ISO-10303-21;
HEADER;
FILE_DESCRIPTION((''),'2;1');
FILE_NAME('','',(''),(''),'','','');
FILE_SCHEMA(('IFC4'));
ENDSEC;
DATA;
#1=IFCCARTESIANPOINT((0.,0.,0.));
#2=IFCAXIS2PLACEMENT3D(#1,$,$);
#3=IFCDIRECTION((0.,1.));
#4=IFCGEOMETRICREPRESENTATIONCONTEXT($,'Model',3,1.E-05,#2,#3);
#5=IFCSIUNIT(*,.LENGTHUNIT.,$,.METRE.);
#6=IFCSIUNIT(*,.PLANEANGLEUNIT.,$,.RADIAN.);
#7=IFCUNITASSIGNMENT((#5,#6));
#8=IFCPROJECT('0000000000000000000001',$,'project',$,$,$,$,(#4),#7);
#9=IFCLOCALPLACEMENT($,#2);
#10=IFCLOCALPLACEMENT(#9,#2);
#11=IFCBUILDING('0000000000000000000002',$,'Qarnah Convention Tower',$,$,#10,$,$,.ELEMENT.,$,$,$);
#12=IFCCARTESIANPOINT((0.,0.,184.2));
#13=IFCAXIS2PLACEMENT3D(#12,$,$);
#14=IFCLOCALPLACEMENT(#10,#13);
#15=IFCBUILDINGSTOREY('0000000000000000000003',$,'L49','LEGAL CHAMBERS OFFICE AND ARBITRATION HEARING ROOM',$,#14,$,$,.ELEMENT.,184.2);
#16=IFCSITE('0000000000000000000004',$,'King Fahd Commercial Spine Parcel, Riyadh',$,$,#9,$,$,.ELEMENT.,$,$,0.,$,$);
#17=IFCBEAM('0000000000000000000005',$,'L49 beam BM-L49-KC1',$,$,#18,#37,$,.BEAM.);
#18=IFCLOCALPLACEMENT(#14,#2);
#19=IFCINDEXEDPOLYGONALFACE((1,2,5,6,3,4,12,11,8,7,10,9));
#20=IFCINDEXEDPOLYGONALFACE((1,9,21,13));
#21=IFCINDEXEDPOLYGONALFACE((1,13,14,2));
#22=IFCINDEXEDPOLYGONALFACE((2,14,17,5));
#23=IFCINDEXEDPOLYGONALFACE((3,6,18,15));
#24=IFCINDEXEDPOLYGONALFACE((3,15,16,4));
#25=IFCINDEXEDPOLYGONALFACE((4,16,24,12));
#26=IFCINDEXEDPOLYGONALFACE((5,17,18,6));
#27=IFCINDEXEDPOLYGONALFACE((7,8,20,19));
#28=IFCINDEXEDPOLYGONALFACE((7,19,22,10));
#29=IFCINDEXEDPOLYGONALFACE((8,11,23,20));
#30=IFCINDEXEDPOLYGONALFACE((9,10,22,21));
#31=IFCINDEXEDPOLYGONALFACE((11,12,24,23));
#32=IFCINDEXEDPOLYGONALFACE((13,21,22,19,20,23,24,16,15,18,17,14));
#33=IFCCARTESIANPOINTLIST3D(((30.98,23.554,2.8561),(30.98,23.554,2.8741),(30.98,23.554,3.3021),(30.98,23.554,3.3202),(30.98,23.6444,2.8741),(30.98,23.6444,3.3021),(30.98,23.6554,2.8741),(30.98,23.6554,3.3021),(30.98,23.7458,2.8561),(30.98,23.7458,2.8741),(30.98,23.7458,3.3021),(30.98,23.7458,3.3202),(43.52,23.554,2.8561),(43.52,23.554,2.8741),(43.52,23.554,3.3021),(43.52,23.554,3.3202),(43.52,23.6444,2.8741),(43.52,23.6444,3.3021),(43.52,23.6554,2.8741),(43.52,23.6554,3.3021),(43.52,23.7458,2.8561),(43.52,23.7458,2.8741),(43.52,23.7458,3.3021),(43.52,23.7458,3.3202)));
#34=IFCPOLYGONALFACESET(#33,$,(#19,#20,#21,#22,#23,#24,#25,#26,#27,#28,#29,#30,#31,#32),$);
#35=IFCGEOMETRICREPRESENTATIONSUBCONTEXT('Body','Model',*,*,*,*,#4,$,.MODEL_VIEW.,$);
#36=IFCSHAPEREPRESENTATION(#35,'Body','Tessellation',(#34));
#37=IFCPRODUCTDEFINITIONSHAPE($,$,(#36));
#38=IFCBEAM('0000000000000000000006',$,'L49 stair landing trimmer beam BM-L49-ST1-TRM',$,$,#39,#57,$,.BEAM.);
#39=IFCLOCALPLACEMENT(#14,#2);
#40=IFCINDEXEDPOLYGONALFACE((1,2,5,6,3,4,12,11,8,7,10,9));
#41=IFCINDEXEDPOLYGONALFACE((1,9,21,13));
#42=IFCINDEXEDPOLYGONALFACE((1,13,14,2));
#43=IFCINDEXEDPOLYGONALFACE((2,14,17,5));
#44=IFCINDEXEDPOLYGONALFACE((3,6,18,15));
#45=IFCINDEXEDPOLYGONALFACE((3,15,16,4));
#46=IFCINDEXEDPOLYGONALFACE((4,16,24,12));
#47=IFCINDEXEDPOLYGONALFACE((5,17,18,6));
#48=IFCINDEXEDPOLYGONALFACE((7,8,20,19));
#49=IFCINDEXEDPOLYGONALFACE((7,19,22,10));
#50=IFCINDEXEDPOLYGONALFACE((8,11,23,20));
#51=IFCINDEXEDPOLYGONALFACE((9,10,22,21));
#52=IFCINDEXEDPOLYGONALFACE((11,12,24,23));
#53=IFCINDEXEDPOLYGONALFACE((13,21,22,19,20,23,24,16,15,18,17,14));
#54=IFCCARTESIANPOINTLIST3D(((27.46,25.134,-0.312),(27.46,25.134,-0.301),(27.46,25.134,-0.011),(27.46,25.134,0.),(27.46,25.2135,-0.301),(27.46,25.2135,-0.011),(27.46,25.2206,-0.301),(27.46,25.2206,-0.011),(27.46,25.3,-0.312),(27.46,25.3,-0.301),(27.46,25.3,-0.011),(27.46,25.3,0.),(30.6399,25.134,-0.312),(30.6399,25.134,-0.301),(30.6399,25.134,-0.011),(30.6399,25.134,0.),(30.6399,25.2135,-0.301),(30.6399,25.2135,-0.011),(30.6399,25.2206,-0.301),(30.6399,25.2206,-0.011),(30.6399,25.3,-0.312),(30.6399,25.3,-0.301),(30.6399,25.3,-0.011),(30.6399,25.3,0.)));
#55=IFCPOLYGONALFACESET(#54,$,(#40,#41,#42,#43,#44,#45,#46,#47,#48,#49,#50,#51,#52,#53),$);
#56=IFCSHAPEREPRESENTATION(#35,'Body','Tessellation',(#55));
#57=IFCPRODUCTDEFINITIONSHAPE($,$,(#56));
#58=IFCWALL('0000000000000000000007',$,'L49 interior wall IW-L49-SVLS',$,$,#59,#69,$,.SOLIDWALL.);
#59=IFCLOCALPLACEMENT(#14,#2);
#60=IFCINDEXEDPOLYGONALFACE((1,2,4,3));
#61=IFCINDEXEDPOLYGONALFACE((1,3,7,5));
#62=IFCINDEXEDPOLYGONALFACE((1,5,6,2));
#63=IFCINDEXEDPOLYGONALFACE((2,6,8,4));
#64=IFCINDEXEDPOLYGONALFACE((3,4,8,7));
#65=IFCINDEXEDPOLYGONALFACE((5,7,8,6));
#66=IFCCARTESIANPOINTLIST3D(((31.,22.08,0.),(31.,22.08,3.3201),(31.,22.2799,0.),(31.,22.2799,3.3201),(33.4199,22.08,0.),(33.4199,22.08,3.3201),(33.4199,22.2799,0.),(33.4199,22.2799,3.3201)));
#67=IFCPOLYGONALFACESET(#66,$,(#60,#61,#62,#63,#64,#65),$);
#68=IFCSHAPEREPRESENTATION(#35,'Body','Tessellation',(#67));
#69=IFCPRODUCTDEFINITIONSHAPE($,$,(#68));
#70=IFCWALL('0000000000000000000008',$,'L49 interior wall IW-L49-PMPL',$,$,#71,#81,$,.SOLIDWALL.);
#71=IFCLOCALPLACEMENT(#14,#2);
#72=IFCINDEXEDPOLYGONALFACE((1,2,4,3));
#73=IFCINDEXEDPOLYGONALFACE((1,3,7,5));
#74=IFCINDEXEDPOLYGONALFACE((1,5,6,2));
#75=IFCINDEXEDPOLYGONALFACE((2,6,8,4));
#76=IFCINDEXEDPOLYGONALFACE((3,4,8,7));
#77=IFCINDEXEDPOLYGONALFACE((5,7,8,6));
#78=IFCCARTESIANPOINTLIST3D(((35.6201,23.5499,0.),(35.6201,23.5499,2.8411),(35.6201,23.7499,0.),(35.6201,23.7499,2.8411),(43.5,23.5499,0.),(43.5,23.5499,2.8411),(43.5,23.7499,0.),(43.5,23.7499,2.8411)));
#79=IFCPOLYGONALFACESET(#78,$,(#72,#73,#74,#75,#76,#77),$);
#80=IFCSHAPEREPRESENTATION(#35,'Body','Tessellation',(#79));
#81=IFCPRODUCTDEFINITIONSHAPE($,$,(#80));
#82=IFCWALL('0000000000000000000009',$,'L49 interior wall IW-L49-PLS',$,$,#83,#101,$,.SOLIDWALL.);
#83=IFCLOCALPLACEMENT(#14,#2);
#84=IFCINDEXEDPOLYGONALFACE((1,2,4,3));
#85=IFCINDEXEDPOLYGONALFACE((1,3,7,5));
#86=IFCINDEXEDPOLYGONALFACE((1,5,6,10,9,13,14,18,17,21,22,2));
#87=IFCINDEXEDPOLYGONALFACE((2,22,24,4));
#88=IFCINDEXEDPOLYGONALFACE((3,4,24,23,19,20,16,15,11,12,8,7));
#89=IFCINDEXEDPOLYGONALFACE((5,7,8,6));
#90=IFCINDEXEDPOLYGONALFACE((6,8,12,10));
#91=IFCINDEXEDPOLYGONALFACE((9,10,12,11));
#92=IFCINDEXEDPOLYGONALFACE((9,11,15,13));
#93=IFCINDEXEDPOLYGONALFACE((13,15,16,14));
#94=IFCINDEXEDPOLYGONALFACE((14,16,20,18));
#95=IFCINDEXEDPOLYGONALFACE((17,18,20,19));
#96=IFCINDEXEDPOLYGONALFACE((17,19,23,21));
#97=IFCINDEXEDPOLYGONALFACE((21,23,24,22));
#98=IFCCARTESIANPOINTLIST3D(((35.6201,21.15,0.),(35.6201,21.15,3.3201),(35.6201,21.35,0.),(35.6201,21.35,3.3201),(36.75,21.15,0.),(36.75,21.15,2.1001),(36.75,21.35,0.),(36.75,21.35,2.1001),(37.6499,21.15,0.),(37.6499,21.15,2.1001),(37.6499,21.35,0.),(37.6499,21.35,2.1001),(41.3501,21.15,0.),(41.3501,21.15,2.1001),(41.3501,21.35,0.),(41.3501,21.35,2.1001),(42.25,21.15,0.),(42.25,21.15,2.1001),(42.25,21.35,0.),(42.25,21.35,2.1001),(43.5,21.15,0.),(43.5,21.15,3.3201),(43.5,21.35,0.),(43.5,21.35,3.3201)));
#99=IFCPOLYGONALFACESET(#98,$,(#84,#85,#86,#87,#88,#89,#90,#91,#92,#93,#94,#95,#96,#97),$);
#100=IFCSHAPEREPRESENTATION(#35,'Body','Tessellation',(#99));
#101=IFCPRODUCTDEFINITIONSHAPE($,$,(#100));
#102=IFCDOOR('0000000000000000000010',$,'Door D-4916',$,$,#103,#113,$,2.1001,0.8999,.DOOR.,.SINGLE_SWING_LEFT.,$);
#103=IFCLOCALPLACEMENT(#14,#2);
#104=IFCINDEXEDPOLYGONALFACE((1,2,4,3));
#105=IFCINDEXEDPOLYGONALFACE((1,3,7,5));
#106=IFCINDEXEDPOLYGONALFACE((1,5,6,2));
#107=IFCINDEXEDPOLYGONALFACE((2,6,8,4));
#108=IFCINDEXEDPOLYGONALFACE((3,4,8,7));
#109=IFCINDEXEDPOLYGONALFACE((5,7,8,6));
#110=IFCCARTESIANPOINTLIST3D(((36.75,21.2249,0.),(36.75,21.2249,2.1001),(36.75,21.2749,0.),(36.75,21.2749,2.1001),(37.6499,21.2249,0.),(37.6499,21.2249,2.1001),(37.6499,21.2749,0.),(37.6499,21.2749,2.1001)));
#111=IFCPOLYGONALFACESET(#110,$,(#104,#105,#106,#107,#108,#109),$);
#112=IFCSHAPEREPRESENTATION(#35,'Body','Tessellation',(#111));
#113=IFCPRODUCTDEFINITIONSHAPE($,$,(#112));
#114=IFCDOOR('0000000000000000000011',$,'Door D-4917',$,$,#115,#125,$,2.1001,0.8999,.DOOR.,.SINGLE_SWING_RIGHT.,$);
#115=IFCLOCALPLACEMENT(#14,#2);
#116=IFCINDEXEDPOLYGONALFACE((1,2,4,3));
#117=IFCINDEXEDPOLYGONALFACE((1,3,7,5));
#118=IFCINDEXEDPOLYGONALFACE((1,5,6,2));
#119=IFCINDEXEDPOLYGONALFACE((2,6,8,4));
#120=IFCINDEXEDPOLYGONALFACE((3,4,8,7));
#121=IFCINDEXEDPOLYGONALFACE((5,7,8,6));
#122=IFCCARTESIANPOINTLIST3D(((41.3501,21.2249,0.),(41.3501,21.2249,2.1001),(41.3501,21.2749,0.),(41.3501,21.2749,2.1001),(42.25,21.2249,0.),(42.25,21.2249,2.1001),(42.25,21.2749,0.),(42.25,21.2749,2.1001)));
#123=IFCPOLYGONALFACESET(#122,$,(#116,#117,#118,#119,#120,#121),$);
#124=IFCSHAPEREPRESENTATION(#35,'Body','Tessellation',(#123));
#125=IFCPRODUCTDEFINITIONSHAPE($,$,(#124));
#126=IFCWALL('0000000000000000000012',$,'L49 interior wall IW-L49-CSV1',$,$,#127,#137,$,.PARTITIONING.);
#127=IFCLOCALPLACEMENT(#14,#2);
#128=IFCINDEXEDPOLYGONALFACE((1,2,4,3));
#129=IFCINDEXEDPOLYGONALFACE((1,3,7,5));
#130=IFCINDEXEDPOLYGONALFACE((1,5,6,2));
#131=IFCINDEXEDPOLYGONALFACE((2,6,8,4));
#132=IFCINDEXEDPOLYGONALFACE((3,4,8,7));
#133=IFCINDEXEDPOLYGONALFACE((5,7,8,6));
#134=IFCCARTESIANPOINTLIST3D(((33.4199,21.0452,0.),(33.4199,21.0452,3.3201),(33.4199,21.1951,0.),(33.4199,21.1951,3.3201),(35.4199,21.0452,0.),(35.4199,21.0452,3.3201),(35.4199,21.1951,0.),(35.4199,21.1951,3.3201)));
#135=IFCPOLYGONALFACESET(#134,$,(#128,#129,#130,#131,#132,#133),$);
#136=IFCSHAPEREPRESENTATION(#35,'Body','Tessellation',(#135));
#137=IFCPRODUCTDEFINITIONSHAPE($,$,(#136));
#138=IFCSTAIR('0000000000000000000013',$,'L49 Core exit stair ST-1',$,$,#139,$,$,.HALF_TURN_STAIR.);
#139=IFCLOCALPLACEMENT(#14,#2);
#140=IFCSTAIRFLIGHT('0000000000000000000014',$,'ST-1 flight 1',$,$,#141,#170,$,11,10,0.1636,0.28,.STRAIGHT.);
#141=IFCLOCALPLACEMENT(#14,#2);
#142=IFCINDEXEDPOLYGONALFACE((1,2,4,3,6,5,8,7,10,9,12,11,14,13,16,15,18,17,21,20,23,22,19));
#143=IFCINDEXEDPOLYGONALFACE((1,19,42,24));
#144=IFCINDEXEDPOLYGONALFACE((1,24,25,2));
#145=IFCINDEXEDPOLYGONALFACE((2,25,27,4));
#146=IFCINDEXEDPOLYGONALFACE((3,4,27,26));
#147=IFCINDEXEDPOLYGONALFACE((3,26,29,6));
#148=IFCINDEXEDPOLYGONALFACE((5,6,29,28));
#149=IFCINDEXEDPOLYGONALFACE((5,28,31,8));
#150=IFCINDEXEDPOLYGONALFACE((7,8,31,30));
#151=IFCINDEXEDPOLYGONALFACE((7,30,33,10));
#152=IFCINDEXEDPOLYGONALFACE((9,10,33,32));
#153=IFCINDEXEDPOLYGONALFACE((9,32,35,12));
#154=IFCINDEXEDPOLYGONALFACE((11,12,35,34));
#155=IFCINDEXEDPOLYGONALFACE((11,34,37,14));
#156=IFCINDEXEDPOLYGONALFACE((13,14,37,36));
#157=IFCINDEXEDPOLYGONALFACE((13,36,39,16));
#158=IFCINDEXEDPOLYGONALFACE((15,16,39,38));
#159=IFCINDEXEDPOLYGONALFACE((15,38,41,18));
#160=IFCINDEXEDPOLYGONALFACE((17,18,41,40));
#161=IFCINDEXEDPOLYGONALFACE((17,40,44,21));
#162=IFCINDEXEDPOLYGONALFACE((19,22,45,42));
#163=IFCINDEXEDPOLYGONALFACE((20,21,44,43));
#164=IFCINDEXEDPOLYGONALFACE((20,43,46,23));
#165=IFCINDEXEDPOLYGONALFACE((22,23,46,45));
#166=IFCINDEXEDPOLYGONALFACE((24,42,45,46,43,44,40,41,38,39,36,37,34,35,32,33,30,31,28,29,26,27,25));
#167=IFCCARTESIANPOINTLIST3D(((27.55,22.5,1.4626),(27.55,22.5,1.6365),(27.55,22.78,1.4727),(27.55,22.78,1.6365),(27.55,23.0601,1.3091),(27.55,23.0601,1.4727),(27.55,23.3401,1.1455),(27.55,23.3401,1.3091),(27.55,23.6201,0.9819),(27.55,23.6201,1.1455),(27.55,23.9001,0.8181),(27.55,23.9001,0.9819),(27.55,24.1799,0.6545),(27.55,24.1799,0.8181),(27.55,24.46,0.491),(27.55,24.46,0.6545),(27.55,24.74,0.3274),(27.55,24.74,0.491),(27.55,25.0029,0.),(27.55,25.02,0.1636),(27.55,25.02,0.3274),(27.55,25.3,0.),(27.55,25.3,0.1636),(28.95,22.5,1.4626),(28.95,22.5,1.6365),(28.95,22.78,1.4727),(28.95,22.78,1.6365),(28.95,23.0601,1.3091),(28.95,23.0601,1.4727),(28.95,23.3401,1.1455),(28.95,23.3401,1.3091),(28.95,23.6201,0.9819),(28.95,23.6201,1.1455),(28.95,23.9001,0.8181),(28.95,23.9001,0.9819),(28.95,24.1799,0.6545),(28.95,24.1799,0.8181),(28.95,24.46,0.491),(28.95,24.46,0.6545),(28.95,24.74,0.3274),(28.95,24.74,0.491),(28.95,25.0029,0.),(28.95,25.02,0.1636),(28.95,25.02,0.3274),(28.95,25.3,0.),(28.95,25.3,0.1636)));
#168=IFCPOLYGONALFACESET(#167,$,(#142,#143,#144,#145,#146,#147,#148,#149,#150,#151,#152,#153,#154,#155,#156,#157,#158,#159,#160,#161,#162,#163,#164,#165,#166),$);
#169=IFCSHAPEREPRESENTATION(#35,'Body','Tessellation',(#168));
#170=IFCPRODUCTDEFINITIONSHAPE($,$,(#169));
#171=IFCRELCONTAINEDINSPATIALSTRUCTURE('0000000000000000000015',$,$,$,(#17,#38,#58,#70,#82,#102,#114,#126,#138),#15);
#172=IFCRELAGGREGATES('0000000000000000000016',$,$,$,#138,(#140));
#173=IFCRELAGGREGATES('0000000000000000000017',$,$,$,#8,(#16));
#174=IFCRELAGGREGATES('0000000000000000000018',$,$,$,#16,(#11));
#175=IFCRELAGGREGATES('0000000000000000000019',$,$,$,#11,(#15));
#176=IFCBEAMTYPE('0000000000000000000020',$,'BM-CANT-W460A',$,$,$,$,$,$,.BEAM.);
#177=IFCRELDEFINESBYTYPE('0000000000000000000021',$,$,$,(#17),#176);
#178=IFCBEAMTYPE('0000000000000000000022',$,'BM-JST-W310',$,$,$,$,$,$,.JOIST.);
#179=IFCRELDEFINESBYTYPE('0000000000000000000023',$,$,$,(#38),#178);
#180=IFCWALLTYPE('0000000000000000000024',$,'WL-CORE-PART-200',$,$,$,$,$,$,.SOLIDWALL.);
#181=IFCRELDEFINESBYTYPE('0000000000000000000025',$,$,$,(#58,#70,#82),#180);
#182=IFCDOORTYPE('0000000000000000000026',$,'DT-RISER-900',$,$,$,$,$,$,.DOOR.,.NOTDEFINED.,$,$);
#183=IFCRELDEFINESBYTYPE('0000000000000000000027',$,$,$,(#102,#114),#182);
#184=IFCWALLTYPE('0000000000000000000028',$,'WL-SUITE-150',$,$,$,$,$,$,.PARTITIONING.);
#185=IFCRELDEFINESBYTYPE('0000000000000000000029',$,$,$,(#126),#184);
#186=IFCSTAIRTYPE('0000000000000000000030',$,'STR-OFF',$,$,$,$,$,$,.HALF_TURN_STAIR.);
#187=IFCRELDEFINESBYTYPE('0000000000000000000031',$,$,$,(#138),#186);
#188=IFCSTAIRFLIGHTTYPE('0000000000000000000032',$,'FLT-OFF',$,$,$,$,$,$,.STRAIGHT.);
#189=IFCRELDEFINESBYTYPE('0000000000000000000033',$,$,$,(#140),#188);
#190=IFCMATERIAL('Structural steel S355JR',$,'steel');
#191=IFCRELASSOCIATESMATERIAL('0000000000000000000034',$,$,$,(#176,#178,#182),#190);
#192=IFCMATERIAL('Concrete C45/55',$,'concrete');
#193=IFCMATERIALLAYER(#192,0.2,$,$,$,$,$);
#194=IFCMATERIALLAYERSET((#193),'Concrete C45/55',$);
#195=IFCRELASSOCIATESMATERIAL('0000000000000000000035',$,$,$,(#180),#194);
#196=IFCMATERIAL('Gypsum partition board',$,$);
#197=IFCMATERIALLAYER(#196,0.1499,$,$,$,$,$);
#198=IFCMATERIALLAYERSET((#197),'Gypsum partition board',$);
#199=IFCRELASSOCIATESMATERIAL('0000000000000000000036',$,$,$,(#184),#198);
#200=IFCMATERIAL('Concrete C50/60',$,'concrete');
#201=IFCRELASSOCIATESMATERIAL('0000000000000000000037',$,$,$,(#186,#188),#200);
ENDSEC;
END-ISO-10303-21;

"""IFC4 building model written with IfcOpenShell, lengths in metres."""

from ifc_helpers import new_model, si_unit, direction, frame, frame_2d, origin, origin_2d, place, context, subcontext, project, spatial, polyline, rectangle, i_section, outline, extrude, material, layer, layer_set, material_profile, profile_set, type_object, element, fill, aggregate, save


model = new_model("IFC4")

# Units and contexts
model_context = context("Model", 3, precision=1e-05, world=origin(), true_north=direction((0.0, 1.0)))
body_context = subcontext(model_context, "Body", "Model", "MODEL_VIEW")
ifc_project = project(units=[si_unit("LENGTHUNIT", "METRE"), si_unit("PLANEANGLEUNIT", "RADIAN")], contexts=[model_context])

# Site, building, storey
site_placement = place(None, origin())
site = spatial("IfcSite", under=ifc_project, at=site_placement, Name="King Fahd Commercial Spine Parcel, Riyadh", CompositionType="ELEMENT", RefElevation=0.0)
building_placement = place(site_placement, origin())
building = spatial("IfcBuilding", under=site, at=building_placement, Name="Qarnah Convention Tower", CompositionType="ELEMENT")
storey_placement = place(building_placement, frame((0.0, 0.0, 184.2)))
storey = spatial("IfcBuildingStorey", under=building, at=storey_placement, Name="L49", Description="LEGAL CHAMBERS OFFICE AND ARBITRATION HEARING ROOM", CompositionType="ELEMENT", Elevation=184.2)

# Beams
ifc_material_1 = material(Name="Structural steel S355JR", Category="steel")
ifc_material_profile_1 = material_profile(ifc_material_1, i_section(OverallWidth=0.1919, OverallDepth=0.4641, WebThickness=0.011, FlangeThickness=0.0181, at=origin_2d()), Name="W460X89")
ifc_profile_set_1 = profile_set([ifc_material_profile_1], Name="Structural steel S355JR")
beam_type_1 = type_object("IfcBeamType", Name="BM-CANT-W460A", PredefinedType="BEAM", material=ifc_profile_set_1)
beam_1_placement = place(storey_placement, frame((30.98, 23.6499, 3.0881), z_axis=(1.0, 0.0, 0.0), x_axis=(0.0, 1.0, 0.0)))
element("IfcBeam", 1, at=beam_1_placement, inside=storey, type_object=beam_type_1, Name="L49 beam BM-L49-KC1", PredefinedType="BEAM", context=body_context, shape_type="SweptSolid", body=[
    extrude(i_section(OverallWidth=0.1919, OverallDepth=0.4641, WebThickness=0.011, FlangeThickness=0.0181, at=origin_2d()), origin(), (0.0, 0.0, 1.0), 12.54),
])
ifc_material_profile_2 = material_profile(ifc_material_1, i_section(OverallWidth=0.166, OverallDepth=0.312, WebThickness=0.0071, FlangeThickness=0.011, at=origin_2d()), Name="W310X45")
ifc_profile_set_2 = profile_set([ifc_material_profile_2], Name="Structural steel S355JR")
beam_type_2 = type_object("IfcBeamType", Name="BM-JST-W310", PredefinedType="JOIST", material=ifc_profile_set_2)
beam_2_placement = place(storey_placement, frame((27.46, 25.217, -0.156), z_axis=(1.0, 0.0, 0.0), x_axis=(0.0, 1.0, 0.0)))
element("IfcBeam", 2, at=beam_2_placement, inside=storey, type_object=beam_type_2, Name="L49 stair landing trimmer beam BM-L49-ST1-TRM", PredefinedType="BEAM", context=body_context, shape_type="SweptSolid", body=[
    extrude(i_section(OverallWidth=0.166, OverallDepth=0.312, WebThickness=0.0071, FlangeThickness=0.011, at=origin_2d()), origin(), (0.0, 0.0, 1.0), 3.1799),
])

# Shared definitions
ifc_material_2 = material(Name="Concrete C45/55", Category="concrete")
ifc_layer_1 = layer(ifc_material_2, 0.2)
ifc_layer_set_1 = layer_set([ifc_layer_1], Name="Concrete C45/55")
wall_type_1 = type_object("IfcWallType", Name="WL-CORE-PART-200", PredefinedType="SOLIDWALL", material=ifc_layer_set_1)
door_type_1 = type_object("IfcDoorType", Name="DT-RISER-900", OperationType="NOTDEFINED", PredefinedType="DOOR", material=ifc_material_1)

# Walls
wall_1_placement = place(storey_placement, frame((31.0, 22.1799, 0.0), z_axis=(0.0, 0.0, 1.0), x_axis=(1.0, 0.0, 0.0)))
element("IfcWall", 3, at=wall_1_placement, inside=storey, type_object=wall_type_1, Name="L49 interior wall IW-L49-SVLS", PredefinedType="SOLIDWALL", context=body_context, shape_type="SweptSolid", body=[
    extrude(rectangle(XDim=2.4199, YDim=0.2, at=frame_2d((1.21, 0.0))), origin(), (0.0, 0.0, 1.0), 3.3201),
])
wall_2_placement = place(storey_placement, frame((35.6201, 23.6499, 0.0), z_axis=(0.0, 0.0, 1.0), x_axis=(1.0, 0.0, 0.0)))
element("IfcWall", 4, at=wall_2_placement, inside=storey, type_object=wall_type_1, Name="L49 interior wall IW-L49-PMPL", PredefinedType="SOLIDWALL", context=body_context, shape_type="SweptSolid", body=[
    extrude(rectangle(XDim=7.8799, YDim=0.2, at=frame_2d((3.9399, 0.0))), origin(), (0.0, 0.0, 1.0), 2.8411),
])

# Wall, openings, doors
wall_3_placement = place(storey_placement, frame((35.6201, 21.25, 0.0), z_axis=(0.0, 0.0, 1.0), x_axis=(1.0, 0.0, 0.0)))
wall_3 = element("IfcWall", 5, at=wall_3_placement, inside=storey, type_object=wall_type_1, Name="L49 interior wall IW-L49-PLS", PredefinedType="SOLIDWALL", context=body_context, shape_type="SweptSolid", body=[
    extrude(rectangle(XDim=7.8799, YDim=0.2, at=frame_2d((3.9399, 0.0))), origin(), (0.0, 0.0, 1.0), 3.3201),
])
opening_1_placement = place(wall_3_placement, frame((1.1299, 0.0, 0.0)))
opening_1 = element("IfcOpeningElement", 6, at=opening_1_placement, cuts=wall_3, PredefinedType="OPENING", context=body_context, shape_type="SweptSolid", body=[
    extrude(rectangle(XDim=0.8999, YDim=2.1001, at=frame_2d((0.45, 1.05))), frame((0.0, 0.1099, 0.0), z_axis=(0.0, -1.0, 0.0), x_axis=(1.0, 0.0, 0.0)), (0.0, 0.0, 1.0), 0.22),
])
opening_2_placement = place(wall_3_placement, frame((5.73, 0.0, 0.0)))
opening_2 = element("IfcOpeningElement", 7, at=opening_2_placement, cuts=wall_3, PredefinedType="OPENING", context=body_context, shape_type="SweptSolid", body=[
    extrude(rectangle(XDim=0.8999, YDim=2.1001, at=frame_2d((0.45, 1.05))), frame((0.0, 0.1099, 0.0), z_axis=(0.0, -1.0, 0.0), x_axis=(1.0, 0.0, 0.0)), (0.0, 0.0, 1.0), 0.22),
])
door_1_placement = place(opening_1_placement, origin())
door_1 = element("IfcDoor", 8, at=door_1_placement, inside=storey, type_object=door_type_1, Name="Door D-4916", OperationType="SINGLE_SWING_LEFT", OverallHeight=2.1001, OverallWidth=0.8999, PredefinedType="DOOR", context=body_context, shape_type="SweptSolid", body=[
    extrude(rectangle(XDim=0.8999, YDim=2.1001, at=frame_2d((0.45, 1.05))), frame((0.0, 0.0249, 0.0), z_axis=(0.0, -1.0, 0.0), x_axis=(1.0, 0.0, 0.0)), (0.0, 0.0, 1.0), 0.05),
])
fill(opening_1, door_1)
door_2_placement = place(opening_2_placement, origin())
door_2 = element("IfcDoor", 9, at=door_2_placement, inside=storey, type_object=door_type_1, Name="Door D-4917", OperationType="SINGLE_SWING_RIGHT", OverallHeight=2.1001, OverallWidth=0.8999, PredefinedType="DOOR", context=body_context, shape_type="SweptSolid", body=[
    extrude(rectangle(XDim=0.8999, YDim=2.1001, at=frame_2d((0.45, 1.05))), frame((0.0, 0.0249, 0.0), z_axis=(0.0, -1.0, 0.0), x_axis=(1.0, 0.0, 0.0)), (0.0, 0.0, 1.0), 0.05),
])
fill(opening_2, door_2)

# Wall
ifc_material_3 = material(Name="Gypsum partition board")
ifc_layer_2 = layer(ifc_material_3, 0.1499)
ifc_layer_set_2 = layer_set([ifc_layer_2], Name="Gypsum partition board")
wall_type_2 = type_object("IfcWallType", Name="WL-SUITE-150", PredefinedType="PARTITIONING", material=ifc_layer_set_2)
wall_4_placement = place(storey_placement, frame((33.4199, 21.1201, 0.0), z_axis=(0.0, 0.0, 1.0), x_axis=(1.0, 0.0, 0.0)))
element("IfcWall", 10, at=wall_4_placement, inside=storey, type_object=wall_type_2, Name="L49 interior wall IW-L49-CSV1", PredefinedType="PARTITIONING", context=body_context, shape_type="SweptSolid", body=[
    extrude(rectangle(XDim=2.0, YDim=0.1499, at=frame_2d((1.0, 0.0))), origin(), (0.0, 0.0, 1.0), 3.3201),
])

# Stair, stair flight
ifc_material_4 = material(Name="Concrete C50/60", Category="concrete")
stair_type = type_object("IfcStairType", Name="STR-OFF", PredefinedType="HALF_TURN_STAIR", material=ifc_material_4)
stair_placement = place(storey_placement, origin())
stair = element("IfcStair", 11, at=stair_placement, inside=storey, type_object=stair_type, Name="L49 Core exit stair ST-1", PredefinedType="HALF_TURN_STAIR")
stair_flight_type = type_object("IfcStairFlightType", Name="FLT-OFF", PredefinedType="STRAIGHT", material=ifc_material_4)
stair_flight_1_placement = place(storey_placement, frame((28.25, 25.3, 0.0), z_axis=(0.0, 0.0, 1.0), x_axis=(0.0, -1.0, 0.0)))
stair_flight_1 = element("IfcStairFlight", 12, at=stair_flight_1_placement, type_object=stair_flight_type, Name="ST-1 flight 1", NumberOfRisers=11, NumberOfTreads=10, PredefinedType="STRAIGHT", RiserHeight=0.1636, TreadLength=0.28, context=body_context, shape_type="SweptSolid", body=[
    extrude(outline(polyline([(0.0, 0.0), (0.0, 0.1636), (0.28, 0.1636), (0.28, 0.3274), (0.5601, 0.3274), (0.5601, 0.491), (0.8401, 0.491), (0.8401, 0.6545), (1.1201, 0.6545), (1.1201, 0.8181), (1.3999, 0.8181), (1.3999, 0.9819), (1.6799, 0.9819), (1.6799, 1.1455), (1.96, 1.1455), (1.96, 1.3091), (2.24, 1.3091), (2.24, 1.4727), (2.52, 1.4727), (2.52, 1.6365), (2.8, 1.6365), (2.8, 1.8), (2.8, 1.4626), (0.2971, 0.0), (0.0, 0.0)])), frame((0.0, 0.7, 0.0), z_axis=(0.0, -1.0, 0.0), x_axis=(1.0, 0.0, 0.0)), (0.0, 0.0, 1.0), 1.3999),
])
aggregate(stair, [stair_flight_1])

save(model, "model.ifc")
